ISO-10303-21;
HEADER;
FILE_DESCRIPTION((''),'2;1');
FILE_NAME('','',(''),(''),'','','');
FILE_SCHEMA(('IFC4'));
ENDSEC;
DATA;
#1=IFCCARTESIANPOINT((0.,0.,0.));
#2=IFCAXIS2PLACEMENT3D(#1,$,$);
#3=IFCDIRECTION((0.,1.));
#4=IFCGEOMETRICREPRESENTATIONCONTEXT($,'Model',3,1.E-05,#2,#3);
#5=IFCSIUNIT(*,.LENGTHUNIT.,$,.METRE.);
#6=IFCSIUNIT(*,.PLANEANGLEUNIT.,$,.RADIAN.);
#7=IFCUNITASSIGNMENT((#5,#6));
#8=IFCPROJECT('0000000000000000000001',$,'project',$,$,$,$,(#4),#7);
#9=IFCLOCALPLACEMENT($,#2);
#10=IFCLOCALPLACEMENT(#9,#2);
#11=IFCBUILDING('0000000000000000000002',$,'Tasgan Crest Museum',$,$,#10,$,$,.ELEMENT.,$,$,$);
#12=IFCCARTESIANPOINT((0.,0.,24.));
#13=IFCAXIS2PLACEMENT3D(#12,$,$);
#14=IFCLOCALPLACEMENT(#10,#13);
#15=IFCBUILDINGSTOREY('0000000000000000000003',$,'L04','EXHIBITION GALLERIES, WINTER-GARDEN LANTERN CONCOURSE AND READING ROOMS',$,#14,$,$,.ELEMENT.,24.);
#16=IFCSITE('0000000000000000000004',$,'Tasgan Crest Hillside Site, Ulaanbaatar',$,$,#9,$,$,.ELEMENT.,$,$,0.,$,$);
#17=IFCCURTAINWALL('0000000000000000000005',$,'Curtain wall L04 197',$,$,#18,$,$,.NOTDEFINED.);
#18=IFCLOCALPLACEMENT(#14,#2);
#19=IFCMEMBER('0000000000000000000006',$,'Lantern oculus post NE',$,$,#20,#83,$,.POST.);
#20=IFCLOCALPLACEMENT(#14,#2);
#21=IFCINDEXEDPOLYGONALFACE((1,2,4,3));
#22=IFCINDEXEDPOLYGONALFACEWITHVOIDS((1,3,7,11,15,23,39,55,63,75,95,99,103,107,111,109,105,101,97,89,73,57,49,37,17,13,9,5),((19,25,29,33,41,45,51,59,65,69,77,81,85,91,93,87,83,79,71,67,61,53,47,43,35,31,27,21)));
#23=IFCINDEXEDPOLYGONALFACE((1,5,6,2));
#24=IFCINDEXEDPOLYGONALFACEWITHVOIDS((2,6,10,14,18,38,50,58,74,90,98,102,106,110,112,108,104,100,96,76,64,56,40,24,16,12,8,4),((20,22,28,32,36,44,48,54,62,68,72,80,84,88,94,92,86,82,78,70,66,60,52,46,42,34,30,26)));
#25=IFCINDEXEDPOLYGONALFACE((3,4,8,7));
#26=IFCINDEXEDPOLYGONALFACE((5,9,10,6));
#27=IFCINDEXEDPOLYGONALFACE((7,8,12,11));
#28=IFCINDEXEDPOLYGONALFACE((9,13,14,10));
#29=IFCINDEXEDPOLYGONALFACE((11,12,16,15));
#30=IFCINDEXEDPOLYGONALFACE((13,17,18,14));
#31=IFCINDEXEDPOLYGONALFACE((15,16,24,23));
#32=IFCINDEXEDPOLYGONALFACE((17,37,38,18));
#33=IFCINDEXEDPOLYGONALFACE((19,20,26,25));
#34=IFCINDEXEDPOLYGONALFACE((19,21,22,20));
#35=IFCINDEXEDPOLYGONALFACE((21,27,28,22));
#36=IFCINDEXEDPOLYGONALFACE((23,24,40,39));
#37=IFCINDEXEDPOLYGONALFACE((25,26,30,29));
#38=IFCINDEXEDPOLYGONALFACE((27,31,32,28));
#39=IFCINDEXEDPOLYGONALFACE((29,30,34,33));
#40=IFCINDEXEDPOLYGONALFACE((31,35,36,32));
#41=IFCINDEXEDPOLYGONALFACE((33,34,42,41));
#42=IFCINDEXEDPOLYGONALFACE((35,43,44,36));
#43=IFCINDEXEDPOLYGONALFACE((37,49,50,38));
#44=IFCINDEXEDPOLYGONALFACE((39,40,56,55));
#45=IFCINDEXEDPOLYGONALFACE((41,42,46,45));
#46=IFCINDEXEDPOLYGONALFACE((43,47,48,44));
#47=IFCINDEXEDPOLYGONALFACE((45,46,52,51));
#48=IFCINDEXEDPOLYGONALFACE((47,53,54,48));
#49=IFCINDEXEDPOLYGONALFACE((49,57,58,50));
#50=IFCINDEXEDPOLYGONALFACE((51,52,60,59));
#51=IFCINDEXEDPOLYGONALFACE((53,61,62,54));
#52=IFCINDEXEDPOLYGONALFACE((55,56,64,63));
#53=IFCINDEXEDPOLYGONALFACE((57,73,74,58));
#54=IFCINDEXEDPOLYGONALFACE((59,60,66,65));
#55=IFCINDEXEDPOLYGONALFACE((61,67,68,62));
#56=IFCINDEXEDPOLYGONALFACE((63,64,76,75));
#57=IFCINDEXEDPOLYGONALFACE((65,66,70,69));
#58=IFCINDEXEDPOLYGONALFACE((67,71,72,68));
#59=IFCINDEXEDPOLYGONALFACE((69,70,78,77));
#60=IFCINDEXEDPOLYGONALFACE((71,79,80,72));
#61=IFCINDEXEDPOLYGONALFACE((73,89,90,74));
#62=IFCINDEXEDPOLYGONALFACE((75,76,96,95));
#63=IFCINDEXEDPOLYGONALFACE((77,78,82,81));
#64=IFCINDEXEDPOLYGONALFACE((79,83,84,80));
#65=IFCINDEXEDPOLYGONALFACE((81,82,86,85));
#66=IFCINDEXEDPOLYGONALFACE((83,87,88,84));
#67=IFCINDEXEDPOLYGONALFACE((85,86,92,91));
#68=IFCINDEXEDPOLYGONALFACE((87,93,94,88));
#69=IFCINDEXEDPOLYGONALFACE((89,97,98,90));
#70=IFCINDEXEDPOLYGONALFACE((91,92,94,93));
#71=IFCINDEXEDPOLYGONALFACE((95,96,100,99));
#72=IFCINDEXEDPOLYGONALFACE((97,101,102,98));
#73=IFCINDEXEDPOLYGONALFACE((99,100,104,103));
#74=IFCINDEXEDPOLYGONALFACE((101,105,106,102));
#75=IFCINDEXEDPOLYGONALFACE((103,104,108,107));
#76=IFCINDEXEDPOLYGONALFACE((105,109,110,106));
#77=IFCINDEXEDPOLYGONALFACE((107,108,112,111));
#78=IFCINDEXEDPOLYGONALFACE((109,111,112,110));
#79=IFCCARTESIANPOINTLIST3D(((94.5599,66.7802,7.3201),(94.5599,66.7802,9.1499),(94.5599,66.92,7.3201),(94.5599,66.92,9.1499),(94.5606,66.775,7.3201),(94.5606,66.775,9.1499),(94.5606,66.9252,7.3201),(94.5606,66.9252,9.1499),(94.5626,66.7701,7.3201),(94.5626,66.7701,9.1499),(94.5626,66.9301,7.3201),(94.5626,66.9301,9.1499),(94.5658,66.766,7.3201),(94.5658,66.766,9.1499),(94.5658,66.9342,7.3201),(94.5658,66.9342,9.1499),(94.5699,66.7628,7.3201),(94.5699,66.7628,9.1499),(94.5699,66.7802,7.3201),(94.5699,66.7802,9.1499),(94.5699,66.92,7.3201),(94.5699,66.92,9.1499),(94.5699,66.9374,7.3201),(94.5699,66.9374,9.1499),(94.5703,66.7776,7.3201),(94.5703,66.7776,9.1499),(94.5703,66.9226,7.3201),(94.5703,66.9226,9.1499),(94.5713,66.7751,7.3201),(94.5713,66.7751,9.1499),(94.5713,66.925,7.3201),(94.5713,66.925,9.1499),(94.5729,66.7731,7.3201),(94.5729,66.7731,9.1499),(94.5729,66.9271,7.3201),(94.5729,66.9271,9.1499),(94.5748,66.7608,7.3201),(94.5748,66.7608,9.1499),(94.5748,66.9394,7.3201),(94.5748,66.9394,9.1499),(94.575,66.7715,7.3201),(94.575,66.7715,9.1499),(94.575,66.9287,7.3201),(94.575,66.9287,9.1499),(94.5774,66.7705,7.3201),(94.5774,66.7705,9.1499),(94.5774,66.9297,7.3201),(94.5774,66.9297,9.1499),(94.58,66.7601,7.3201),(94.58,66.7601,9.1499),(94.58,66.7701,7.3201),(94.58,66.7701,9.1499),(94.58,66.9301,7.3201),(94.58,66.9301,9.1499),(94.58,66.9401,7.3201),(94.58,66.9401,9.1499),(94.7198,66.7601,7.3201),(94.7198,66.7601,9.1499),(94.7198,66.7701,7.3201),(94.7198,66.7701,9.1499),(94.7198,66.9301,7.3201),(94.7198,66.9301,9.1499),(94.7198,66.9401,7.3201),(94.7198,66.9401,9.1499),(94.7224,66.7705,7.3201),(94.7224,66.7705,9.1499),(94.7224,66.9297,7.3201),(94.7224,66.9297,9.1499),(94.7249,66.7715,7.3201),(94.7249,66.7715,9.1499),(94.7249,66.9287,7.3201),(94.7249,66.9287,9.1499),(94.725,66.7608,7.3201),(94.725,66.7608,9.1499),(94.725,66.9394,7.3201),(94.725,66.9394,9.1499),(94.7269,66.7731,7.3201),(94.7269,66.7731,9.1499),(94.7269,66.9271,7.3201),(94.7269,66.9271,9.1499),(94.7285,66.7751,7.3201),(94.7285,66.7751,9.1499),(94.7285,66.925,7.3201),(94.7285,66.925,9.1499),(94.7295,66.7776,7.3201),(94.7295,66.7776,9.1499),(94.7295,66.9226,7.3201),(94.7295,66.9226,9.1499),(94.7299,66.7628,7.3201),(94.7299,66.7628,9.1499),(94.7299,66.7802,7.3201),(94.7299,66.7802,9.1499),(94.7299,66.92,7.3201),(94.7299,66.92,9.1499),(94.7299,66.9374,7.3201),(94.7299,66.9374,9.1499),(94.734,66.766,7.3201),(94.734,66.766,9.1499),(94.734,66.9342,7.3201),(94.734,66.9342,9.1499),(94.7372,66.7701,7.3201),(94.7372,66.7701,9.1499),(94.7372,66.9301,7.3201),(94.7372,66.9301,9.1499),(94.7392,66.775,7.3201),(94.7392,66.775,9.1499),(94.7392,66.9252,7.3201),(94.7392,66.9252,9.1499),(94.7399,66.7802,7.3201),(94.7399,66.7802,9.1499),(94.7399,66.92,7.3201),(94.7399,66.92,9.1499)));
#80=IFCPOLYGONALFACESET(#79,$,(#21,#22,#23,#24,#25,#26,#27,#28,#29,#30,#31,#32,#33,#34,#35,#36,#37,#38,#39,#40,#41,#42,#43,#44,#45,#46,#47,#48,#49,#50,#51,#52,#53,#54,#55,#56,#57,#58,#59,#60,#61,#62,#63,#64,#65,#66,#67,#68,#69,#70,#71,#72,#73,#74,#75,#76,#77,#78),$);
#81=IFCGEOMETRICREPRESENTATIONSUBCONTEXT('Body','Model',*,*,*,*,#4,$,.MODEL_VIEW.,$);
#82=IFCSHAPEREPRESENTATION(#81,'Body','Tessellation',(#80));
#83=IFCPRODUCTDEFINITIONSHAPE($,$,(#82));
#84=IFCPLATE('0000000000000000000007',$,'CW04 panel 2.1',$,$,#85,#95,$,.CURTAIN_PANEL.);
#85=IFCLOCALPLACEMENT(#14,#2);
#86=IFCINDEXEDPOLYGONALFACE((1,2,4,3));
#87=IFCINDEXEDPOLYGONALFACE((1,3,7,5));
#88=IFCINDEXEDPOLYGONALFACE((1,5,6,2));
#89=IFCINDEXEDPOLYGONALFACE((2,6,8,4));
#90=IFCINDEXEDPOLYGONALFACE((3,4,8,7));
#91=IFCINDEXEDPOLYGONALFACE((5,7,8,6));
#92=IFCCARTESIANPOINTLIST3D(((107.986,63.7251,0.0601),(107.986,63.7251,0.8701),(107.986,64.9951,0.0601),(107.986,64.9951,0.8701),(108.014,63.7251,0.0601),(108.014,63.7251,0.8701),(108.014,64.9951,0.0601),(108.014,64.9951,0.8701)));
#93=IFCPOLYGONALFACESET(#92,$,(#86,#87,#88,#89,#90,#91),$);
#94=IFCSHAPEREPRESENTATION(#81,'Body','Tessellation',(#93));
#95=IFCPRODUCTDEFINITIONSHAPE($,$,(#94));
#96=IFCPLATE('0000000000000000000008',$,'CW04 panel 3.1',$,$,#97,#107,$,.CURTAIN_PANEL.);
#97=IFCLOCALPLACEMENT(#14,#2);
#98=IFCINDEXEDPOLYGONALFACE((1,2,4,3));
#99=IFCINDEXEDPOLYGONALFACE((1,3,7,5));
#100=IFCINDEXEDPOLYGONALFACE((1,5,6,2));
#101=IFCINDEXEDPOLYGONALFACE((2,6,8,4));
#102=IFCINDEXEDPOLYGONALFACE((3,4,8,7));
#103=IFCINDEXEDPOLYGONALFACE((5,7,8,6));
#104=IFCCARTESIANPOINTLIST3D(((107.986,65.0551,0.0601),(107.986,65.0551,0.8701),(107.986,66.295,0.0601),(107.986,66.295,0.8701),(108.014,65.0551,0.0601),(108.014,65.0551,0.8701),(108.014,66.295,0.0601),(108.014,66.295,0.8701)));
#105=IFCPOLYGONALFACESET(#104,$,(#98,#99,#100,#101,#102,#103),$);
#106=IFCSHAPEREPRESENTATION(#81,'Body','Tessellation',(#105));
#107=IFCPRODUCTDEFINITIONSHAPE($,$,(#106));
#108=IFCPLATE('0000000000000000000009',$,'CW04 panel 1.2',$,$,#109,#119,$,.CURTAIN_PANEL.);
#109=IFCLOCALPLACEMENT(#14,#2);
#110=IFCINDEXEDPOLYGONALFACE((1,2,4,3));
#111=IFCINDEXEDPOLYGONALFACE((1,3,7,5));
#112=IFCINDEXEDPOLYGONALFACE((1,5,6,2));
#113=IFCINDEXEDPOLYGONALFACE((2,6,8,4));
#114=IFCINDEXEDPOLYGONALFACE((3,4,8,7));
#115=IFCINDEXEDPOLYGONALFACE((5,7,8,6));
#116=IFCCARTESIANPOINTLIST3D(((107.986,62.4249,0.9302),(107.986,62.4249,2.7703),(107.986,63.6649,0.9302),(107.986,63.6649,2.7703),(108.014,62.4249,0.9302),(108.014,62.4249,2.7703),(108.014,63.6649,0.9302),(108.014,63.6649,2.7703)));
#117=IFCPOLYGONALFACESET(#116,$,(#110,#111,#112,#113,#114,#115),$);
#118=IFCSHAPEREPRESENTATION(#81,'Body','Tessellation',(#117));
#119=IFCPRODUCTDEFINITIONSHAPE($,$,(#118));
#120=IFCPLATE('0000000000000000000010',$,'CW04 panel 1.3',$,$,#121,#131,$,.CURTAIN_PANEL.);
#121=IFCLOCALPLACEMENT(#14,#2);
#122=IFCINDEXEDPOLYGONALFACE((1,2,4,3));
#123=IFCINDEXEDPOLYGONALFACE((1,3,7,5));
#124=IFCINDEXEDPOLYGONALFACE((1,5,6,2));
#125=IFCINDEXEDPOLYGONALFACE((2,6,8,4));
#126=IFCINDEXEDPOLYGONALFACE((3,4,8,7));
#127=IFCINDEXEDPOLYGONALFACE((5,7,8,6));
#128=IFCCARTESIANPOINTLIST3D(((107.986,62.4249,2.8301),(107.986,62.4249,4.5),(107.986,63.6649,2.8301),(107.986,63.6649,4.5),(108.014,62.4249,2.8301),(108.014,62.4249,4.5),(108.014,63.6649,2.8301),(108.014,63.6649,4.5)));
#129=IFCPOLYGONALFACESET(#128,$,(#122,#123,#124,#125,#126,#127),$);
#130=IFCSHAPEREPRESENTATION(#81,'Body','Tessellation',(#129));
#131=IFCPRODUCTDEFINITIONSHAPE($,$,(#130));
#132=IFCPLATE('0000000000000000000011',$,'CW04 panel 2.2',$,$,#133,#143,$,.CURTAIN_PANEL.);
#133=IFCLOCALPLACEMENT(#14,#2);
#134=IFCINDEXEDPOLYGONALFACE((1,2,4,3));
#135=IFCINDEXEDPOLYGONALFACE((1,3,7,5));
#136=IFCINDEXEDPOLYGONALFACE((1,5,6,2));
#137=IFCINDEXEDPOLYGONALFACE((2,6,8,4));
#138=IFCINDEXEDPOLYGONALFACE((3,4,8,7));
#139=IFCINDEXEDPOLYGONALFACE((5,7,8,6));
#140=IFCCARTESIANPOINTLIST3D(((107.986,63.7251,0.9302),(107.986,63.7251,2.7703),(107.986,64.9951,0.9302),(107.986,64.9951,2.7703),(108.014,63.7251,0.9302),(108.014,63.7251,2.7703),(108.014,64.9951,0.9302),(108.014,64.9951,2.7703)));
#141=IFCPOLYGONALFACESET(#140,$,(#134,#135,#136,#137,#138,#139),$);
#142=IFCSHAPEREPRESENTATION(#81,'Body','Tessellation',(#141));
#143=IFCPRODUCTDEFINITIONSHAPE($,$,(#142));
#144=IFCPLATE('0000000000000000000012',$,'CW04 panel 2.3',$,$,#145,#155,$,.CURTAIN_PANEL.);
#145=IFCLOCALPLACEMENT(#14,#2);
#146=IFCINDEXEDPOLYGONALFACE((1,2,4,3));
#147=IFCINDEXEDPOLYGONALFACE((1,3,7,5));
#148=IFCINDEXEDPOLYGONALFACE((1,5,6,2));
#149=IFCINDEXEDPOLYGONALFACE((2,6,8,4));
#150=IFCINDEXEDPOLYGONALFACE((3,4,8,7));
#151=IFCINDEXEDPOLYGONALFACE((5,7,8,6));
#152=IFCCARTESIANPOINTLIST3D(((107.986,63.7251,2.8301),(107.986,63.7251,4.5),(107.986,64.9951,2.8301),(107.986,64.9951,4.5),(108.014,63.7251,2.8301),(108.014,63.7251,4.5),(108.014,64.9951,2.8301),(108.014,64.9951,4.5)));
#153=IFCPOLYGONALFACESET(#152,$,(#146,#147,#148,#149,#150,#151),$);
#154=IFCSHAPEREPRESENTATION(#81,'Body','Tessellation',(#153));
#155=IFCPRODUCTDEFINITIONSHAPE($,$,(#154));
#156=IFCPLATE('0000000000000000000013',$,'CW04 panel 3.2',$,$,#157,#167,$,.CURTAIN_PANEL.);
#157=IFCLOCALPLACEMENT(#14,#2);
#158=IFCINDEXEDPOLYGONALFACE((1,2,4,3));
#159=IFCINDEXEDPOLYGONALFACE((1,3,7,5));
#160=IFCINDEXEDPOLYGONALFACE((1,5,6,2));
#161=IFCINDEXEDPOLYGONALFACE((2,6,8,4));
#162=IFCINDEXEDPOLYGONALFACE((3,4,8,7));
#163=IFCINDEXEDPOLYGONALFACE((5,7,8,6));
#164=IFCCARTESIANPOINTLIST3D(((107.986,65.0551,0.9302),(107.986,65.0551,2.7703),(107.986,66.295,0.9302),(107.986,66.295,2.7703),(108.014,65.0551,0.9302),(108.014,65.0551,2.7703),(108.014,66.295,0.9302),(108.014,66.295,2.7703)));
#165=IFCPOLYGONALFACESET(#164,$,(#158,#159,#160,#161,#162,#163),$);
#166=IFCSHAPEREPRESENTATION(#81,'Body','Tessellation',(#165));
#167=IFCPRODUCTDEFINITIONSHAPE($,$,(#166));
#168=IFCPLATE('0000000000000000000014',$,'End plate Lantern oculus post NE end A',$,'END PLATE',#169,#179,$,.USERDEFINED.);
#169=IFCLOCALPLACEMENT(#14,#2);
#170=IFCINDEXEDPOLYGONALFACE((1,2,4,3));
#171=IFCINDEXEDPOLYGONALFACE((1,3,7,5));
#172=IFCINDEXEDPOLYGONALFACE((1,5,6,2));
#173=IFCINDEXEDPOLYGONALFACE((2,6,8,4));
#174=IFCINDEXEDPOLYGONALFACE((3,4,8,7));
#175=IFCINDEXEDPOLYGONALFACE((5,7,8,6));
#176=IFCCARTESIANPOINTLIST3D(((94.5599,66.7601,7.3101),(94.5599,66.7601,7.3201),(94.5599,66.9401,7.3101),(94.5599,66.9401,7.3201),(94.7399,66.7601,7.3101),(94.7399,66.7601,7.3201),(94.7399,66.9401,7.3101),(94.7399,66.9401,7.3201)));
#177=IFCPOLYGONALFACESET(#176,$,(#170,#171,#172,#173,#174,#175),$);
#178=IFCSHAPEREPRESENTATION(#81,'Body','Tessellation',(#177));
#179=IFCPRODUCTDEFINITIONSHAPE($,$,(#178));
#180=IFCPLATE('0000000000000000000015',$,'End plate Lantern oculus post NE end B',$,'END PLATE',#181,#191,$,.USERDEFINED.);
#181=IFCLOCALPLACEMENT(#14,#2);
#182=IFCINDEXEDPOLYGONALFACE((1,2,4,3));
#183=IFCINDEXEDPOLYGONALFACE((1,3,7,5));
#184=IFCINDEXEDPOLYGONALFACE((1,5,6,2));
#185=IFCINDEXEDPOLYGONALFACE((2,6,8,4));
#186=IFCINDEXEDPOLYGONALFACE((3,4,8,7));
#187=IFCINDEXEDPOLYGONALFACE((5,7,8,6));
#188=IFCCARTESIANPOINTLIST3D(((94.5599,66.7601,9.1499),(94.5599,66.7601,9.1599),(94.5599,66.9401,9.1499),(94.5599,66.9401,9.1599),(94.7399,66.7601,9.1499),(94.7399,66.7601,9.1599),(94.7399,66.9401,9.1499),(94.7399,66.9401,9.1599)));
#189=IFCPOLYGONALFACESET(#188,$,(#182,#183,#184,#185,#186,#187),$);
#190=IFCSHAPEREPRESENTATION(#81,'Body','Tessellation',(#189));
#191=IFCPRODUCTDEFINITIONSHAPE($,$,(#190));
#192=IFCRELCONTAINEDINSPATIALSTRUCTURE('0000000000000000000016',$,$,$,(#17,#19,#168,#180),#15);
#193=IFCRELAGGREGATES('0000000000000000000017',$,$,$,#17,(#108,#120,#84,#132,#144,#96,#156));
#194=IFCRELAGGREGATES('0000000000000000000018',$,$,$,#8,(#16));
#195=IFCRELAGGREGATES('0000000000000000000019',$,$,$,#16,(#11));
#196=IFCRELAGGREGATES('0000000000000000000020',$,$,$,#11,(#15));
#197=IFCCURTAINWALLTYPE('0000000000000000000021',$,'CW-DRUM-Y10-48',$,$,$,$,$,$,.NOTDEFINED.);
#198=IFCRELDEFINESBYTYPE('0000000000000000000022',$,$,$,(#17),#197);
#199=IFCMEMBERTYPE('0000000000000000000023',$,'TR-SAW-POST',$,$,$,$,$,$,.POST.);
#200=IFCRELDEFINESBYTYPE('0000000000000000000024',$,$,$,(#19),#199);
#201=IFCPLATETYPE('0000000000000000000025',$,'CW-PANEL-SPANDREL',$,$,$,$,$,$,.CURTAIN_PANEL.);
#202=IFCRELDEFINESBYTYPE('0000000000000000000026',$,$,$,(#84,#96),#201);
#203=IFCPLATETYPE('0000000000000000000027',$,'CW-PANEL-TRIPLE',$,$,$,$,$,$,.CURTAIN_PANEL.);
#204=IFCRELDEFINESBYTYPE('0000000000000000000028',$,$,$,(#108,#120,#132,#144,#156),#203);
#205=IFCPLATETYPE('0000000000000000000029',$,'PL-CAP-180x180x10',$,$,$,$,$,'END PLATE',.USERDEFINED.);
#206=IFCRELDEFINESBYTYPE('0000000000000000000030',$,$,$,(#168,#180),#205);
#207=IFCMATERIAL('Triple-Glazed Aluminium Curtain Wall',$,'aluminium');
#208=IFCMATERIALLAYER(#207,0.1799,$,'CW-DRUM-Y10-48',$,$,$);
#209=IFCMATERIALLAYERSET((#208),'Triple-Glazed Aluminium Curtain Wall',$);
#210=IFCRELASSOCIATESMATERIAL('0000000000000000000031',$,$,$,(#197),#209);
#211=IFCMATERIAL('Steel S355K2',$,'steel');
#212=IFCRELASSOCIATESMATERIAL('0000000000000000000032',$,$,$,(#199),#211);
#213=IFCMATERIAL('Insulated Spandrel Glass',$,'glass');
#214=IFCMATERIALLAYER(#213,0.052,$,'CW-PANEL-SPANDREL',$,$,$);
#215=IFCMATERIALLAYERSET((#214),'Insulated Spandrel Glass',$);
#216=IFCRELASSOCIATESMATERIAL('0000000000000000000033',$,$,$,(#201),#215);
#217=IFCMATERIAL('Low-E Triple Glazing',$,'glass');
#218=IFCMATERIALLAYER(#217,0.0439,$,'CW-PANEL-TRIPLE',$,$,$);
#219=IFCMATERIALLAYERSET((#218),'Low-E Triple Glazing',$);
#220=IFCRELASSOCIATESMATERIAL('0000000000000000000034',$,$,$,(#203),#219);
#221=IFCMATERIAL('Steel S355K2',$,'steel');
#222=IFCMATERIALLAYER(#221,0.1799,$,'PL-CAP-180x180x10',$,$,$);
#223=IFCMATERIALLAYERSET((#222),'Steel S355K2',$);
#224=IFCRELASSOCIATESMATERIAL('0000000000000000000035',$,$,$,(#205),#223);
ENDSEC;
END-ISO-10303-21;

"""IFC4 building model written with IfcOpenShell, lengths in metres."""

from ifc_helpers import new_model, si_unit, direction, frame, origin, origin_2d, place, context, subcontext, project, spatial, rectangle, hollow_rectangle, extrude, material, layer, layer_set, material_profile, profile_set, type_object, element, aggregate, save


model = new_model("IFC4")

# Units and contexts
model_context = context("Model", 3, precision=1e-05, world=origin(), true_north=direction((0.0, 1.0)))
body_context = subcontext(model_context, "Body", "Model", "MODEL_VIEW")
ifc_project = project(units=[si_unit("LENGTHUNIT", "METRE"), si_unit("PLANEANGLEUNIT", "RADIAN")], contexts=[model_context])

# Site, building, storey
site_placement = place(None, origin())
site = spatial("IfcSite", under=ifc_project, at=site_placement, Name="Tasgan Crest Hillside Site, Ulaanbaatar", CompositionType="ELEMENT", RefElevation=0.0)
building_placement = place(site_placement, origin())
building = spatial("IfcBuilding", under=site, at=building_placement, Name="Tasgan Crest Museum", CompositionType="ELEMENT")
storey_placement = place(building_placement, frame((0.0, 0.0, 24.0)))
storey = spatial("IfcBuildingStorey", under=building, at=storey_placement, Name="L04", Description="EXHIBITION GALLERIES, WINTER-GARDEN LANTERN CONCOURSE AND READING ROOMS", CompositionType="ELEMENT", Elevation=24.0)

# Curtain wall
ifc_material_1 = material(Name="Triple-Glazed Aluminium Curtain Wall", Category="aluminium")
ifc_layer_1 = layer(ifc_material_1, 0.1799, Name="CW-DRUM-Y10-48")
ifc_layer_set_1 = layer_set([ifc_layer_1], Name="Triple-Glazed Aluminium Curtain Wall")
curtain_wall_type = type_object("IfcCurtainWallType", Name="CW-DRUM-Y10-48", PredefinedType="NOTDEFINED", material=ifc_layer_set_1)
curtain_wall_placement = place(storey_placement, origin())
curtain_wall = element("IfcCurtainWall", 1, at=curtain_wall_placement, inside=storey, type_object=curtain_wall_type, Name="Curtain wall L04 197", PredefinedType="NOTDEFINED")

# Member
ifc_material_2 = material(Name="Steel S355K2", Category="steel")
ifc_material_profile_1 = material_profile(ifc_material_2, hollow_rectangle(XDim=0.1799, YDim=0.1799, WallThickness=0.01, InnerFilletRadius=0.01, OuterFilletRadius=0.02, at=origin_2d()), Name="SHS 180x180x10")
ifc_profile_set_1 = profile_set([ifc_material_profile_1], Name="Steel S355K2")
member_type_1 = type_object("IfcMemberType", Name="TR-SAW-POST", PredefinedType="POST", material=ifc_profile_set_1)
member_1_placement = place(storey_placement, frame((94.6499, 66.8501, 7.3201), z_axis=(0.0, 0.0, 1.0), x_axis=(1.0, 0.0, 0.0)))
element("IfcMember", 2, at=member_1_placement, inside=storey, type_object=member_type_1, Name="Lantern oculus post NE", PredefinedType="POST", context=body_context, shape_type="SweptSolid", body=[
    extrude(hollow_rectangle(XDim=0.1799, YDim=0.1799, WallThickness=0.01, InnerFilletRadius=0.01, OuterFilletRadius=0.02, at=origin_2d()), origin(), (0.0, 0.0, 1.0), 1.8298),
])

# Plates
ifc_material_3 = material(Name="Insulated Spandrel Glass", Category="glass")
ifc_layer_2 = layer(ifc_material_3, 0.052, Name="CW-PANEL-SPANDREL")
ifc_layer_set_2 = layer_set([ifc_layer_2], Name="Insulated Spandrel Glass")
plate_type_1 = type_object("IfcPlateType", Name="CW-PANEL-SPANDREL", PredefinedType="CURTAIN_PANEL", material=ifc_layer_set_2)
plate_1_placement = place(storey_placement, frame((108.0, 64.3601, 0.0601), z_axis=(0.0, 0.0, 1.0), x_axis=(0.0, 1.0, 0.0)))
plate_1 = element("IfcPlate", 3, at=plate_1_placement, type_object=plate_type_1, Name="CW04 panel 2.1", PredefinedType="CURTAIN_PANEL", context=body_context, shape_type="SweptSolid", body=[
    extrude(rectangle(XDim=1.27, YDim=0.0281, at=origin_2d()), origin(), (0.0, 0.0, 1.0), 0.8101),
])
plate_2_placement = place(storey_placement, frame((108.0, 65.675, 0.0601), z_axis=(0.0, 0.0, 1.0), x_axis=(0.0, 1.0, 0.0)))
plate_2 = element("IfcPlate", 4, at=plate_2_placement, type_object=plate_type_1, Name="CW04 panel 3.1", PredefinedType="CURTAIN_PANEL", context=body_context, shape_type="SweptSolid", body=[
    extrude(rectangle(XDim=1.24, YDim=0.0281, at=origin_2d()), origin(), (0.0, 0.0, 1.0), 0.8101),
])
ifc_material_4 = material(Name="Low-E Triple Glazing", Category="glass")
ifc_layer_3 = layer(ifc_material_4, 0.0439, Name="CW-PANEL-TRIPLE")
ifc_layer_set_3 = layer_set([ifc_layer_3], Name="Low-E Triple Glazing")
plate_type_2 = type_object("IfcPlateType", Name="CW-PANEL-TRIPLE", PredefinedType="CURTAIN_PANEL", material=ifc_layer_set_3)
plate_3_placement = place(storey_placement, frame((108.0, 63.0449, 0.9302), z_axis=(0.0, 0.0, 1.0), x_axis=(0.0, 1.0, 0.0)))
plate_3 = element("IfcPlate", 5, at=plate_3_placement, type_object=plate_type_2, Name="CW04 panel 1.2", PredefinedType="CURTAIN_PANEL", context=body_context, shape_type="SweptSolid", body=[
    extrude(rectangle(XDim=1.24, YDim=0.0281, at=origin_2d()), origin(), (0.0, 0.0, 1.0), 1.8401),
])
plate_4_placement = place(storey_placement, frame((108.0, 63.0449, 2.8301), z_axis=(0.0, 0.0, 1.0), x_axis=(0.0, 1.0, 0.0)))
plate_4 = element("IfcPlate", 6, at=plate_4_placement, type_object=plate_type_2, Name="CW04 panel 1.3", PredefinedType="CURTAIN_PANEL", context=body_context, shape_type="SweptSolid", body=[
    extrude(rectangle(XDim=1.24, YDim=0.0281, at=origin_2d()), origin(), (0.0, 0.0, 1.0), 1.6699),
])
plate_5_placement = place(storey_placement, frame((108.0, 64.3601, 0.9302), z_axis=(0.0, 0.0, 1.0), x_axis=(0.0, 1.0, 0.0)))
plate_5 = element("IfcPlate", 7, at=plate_5_placement, type_object=plate_type_2, Name="CW04 panel 2.2", PredefinedType="CURTAIN_PANEL", context=body_context, shape_type="SweptSolid", body=[
    extrude(rectangle(XDim=1.27, YDim=0.0281, at=origin_2d()), origin(), (0.0, 0.0, 1.0), 1.8401),
])
plate_6_placement = place(storey_placement, frame((108.0, 64.3601, 2.8301), z_axis=(0.0, 0.0, 1.0), x_axis=(0.0, 1.0, 0.0)))
plate_6 = element("IfcPlate", 8, at=plate_6_placement, type_object=plate_type_2, Name="CW04 panel 2.3", PredefinedType="CURTAIN_PANEL", context=body_context, shape_type="SweptSolid", body=[
    extrude(rectangle(XDim=1.27, YDim=0.0281, at=origin_2d()), origin(), (0.0, 0.0, 1.0), 1.6699),
])
plate_7_placement = place(storey_placement, frame((108.0, 65.675, 0.9302), z_axis=(0.0, 0.0, 1.0), x_axis=(0.0, 1.0, 0.0)))
plate_7 = element("IfcPlate", 9, at=plate_7_placement, type_object=plate_type_2, Name="CW04 panel 3.2", PredefinedType="CURTAIN_PANEL", context=body_context, shape_type="SweptSolid", body=[
    extrude(rectangle(XDim=1.24, YDim=0.0281, at=origin_2d()), origin(), (0.0, 0.0, 1.0), 1.8401),
])
aggregate(curtain_wall, [plate_3, plate_4, plate_1, plate_5, plate_6, plate_2, plate_7])

# Plates
ifc_material_5 = material(Name="Steel S355K2", Category="steel")
ifc_layer_4 = layer(ifc_material_5, 0.1799, Name="PL-CAP-180x180x10")
ifc_layer_set_4 = layer_set([ifc_layer_4], Name="Steel S355K2")
plate_type_3 = type_object("IfcPlateType", Name="PL-CAP-180x180x10", ElementType="END PLATE", PredefinedType="USERDEFINED", material=ifc_layer_set_4)
for number, where, z_axis, x_axis, name in (
    (10, (94.6499, 66.8501, 7.3101), (0.0, 0.0, 1.0), (1.0, 0.0, 0.0), "End plate Lantern oculus post NE end A"),
    (11, (94.6499, 66.8501, 9.1499), (0.0, 0.0, 1.0), (1.0, 0.0, 0.0), "End plate Lantern oculus post NE end B"),
):
    element("IfcPlate", number, at=place(storey_placement, frame(where, z_axis=z_axis, x_axis=x_axis)), inside=storey, type_object=plate_type_3, Name=name, ObjectType="END PLATE", PredefinedType="USERDEFINED", context=body_context, shape_type="SweptSolid", body=[
        extrude(rectangle(XDim=0.1799, YDim=0.1799, at=origin_2d()), origin(), (0.0, 0.0, 1.0), 0.01),
    ])

save(model, "model.ifc")
